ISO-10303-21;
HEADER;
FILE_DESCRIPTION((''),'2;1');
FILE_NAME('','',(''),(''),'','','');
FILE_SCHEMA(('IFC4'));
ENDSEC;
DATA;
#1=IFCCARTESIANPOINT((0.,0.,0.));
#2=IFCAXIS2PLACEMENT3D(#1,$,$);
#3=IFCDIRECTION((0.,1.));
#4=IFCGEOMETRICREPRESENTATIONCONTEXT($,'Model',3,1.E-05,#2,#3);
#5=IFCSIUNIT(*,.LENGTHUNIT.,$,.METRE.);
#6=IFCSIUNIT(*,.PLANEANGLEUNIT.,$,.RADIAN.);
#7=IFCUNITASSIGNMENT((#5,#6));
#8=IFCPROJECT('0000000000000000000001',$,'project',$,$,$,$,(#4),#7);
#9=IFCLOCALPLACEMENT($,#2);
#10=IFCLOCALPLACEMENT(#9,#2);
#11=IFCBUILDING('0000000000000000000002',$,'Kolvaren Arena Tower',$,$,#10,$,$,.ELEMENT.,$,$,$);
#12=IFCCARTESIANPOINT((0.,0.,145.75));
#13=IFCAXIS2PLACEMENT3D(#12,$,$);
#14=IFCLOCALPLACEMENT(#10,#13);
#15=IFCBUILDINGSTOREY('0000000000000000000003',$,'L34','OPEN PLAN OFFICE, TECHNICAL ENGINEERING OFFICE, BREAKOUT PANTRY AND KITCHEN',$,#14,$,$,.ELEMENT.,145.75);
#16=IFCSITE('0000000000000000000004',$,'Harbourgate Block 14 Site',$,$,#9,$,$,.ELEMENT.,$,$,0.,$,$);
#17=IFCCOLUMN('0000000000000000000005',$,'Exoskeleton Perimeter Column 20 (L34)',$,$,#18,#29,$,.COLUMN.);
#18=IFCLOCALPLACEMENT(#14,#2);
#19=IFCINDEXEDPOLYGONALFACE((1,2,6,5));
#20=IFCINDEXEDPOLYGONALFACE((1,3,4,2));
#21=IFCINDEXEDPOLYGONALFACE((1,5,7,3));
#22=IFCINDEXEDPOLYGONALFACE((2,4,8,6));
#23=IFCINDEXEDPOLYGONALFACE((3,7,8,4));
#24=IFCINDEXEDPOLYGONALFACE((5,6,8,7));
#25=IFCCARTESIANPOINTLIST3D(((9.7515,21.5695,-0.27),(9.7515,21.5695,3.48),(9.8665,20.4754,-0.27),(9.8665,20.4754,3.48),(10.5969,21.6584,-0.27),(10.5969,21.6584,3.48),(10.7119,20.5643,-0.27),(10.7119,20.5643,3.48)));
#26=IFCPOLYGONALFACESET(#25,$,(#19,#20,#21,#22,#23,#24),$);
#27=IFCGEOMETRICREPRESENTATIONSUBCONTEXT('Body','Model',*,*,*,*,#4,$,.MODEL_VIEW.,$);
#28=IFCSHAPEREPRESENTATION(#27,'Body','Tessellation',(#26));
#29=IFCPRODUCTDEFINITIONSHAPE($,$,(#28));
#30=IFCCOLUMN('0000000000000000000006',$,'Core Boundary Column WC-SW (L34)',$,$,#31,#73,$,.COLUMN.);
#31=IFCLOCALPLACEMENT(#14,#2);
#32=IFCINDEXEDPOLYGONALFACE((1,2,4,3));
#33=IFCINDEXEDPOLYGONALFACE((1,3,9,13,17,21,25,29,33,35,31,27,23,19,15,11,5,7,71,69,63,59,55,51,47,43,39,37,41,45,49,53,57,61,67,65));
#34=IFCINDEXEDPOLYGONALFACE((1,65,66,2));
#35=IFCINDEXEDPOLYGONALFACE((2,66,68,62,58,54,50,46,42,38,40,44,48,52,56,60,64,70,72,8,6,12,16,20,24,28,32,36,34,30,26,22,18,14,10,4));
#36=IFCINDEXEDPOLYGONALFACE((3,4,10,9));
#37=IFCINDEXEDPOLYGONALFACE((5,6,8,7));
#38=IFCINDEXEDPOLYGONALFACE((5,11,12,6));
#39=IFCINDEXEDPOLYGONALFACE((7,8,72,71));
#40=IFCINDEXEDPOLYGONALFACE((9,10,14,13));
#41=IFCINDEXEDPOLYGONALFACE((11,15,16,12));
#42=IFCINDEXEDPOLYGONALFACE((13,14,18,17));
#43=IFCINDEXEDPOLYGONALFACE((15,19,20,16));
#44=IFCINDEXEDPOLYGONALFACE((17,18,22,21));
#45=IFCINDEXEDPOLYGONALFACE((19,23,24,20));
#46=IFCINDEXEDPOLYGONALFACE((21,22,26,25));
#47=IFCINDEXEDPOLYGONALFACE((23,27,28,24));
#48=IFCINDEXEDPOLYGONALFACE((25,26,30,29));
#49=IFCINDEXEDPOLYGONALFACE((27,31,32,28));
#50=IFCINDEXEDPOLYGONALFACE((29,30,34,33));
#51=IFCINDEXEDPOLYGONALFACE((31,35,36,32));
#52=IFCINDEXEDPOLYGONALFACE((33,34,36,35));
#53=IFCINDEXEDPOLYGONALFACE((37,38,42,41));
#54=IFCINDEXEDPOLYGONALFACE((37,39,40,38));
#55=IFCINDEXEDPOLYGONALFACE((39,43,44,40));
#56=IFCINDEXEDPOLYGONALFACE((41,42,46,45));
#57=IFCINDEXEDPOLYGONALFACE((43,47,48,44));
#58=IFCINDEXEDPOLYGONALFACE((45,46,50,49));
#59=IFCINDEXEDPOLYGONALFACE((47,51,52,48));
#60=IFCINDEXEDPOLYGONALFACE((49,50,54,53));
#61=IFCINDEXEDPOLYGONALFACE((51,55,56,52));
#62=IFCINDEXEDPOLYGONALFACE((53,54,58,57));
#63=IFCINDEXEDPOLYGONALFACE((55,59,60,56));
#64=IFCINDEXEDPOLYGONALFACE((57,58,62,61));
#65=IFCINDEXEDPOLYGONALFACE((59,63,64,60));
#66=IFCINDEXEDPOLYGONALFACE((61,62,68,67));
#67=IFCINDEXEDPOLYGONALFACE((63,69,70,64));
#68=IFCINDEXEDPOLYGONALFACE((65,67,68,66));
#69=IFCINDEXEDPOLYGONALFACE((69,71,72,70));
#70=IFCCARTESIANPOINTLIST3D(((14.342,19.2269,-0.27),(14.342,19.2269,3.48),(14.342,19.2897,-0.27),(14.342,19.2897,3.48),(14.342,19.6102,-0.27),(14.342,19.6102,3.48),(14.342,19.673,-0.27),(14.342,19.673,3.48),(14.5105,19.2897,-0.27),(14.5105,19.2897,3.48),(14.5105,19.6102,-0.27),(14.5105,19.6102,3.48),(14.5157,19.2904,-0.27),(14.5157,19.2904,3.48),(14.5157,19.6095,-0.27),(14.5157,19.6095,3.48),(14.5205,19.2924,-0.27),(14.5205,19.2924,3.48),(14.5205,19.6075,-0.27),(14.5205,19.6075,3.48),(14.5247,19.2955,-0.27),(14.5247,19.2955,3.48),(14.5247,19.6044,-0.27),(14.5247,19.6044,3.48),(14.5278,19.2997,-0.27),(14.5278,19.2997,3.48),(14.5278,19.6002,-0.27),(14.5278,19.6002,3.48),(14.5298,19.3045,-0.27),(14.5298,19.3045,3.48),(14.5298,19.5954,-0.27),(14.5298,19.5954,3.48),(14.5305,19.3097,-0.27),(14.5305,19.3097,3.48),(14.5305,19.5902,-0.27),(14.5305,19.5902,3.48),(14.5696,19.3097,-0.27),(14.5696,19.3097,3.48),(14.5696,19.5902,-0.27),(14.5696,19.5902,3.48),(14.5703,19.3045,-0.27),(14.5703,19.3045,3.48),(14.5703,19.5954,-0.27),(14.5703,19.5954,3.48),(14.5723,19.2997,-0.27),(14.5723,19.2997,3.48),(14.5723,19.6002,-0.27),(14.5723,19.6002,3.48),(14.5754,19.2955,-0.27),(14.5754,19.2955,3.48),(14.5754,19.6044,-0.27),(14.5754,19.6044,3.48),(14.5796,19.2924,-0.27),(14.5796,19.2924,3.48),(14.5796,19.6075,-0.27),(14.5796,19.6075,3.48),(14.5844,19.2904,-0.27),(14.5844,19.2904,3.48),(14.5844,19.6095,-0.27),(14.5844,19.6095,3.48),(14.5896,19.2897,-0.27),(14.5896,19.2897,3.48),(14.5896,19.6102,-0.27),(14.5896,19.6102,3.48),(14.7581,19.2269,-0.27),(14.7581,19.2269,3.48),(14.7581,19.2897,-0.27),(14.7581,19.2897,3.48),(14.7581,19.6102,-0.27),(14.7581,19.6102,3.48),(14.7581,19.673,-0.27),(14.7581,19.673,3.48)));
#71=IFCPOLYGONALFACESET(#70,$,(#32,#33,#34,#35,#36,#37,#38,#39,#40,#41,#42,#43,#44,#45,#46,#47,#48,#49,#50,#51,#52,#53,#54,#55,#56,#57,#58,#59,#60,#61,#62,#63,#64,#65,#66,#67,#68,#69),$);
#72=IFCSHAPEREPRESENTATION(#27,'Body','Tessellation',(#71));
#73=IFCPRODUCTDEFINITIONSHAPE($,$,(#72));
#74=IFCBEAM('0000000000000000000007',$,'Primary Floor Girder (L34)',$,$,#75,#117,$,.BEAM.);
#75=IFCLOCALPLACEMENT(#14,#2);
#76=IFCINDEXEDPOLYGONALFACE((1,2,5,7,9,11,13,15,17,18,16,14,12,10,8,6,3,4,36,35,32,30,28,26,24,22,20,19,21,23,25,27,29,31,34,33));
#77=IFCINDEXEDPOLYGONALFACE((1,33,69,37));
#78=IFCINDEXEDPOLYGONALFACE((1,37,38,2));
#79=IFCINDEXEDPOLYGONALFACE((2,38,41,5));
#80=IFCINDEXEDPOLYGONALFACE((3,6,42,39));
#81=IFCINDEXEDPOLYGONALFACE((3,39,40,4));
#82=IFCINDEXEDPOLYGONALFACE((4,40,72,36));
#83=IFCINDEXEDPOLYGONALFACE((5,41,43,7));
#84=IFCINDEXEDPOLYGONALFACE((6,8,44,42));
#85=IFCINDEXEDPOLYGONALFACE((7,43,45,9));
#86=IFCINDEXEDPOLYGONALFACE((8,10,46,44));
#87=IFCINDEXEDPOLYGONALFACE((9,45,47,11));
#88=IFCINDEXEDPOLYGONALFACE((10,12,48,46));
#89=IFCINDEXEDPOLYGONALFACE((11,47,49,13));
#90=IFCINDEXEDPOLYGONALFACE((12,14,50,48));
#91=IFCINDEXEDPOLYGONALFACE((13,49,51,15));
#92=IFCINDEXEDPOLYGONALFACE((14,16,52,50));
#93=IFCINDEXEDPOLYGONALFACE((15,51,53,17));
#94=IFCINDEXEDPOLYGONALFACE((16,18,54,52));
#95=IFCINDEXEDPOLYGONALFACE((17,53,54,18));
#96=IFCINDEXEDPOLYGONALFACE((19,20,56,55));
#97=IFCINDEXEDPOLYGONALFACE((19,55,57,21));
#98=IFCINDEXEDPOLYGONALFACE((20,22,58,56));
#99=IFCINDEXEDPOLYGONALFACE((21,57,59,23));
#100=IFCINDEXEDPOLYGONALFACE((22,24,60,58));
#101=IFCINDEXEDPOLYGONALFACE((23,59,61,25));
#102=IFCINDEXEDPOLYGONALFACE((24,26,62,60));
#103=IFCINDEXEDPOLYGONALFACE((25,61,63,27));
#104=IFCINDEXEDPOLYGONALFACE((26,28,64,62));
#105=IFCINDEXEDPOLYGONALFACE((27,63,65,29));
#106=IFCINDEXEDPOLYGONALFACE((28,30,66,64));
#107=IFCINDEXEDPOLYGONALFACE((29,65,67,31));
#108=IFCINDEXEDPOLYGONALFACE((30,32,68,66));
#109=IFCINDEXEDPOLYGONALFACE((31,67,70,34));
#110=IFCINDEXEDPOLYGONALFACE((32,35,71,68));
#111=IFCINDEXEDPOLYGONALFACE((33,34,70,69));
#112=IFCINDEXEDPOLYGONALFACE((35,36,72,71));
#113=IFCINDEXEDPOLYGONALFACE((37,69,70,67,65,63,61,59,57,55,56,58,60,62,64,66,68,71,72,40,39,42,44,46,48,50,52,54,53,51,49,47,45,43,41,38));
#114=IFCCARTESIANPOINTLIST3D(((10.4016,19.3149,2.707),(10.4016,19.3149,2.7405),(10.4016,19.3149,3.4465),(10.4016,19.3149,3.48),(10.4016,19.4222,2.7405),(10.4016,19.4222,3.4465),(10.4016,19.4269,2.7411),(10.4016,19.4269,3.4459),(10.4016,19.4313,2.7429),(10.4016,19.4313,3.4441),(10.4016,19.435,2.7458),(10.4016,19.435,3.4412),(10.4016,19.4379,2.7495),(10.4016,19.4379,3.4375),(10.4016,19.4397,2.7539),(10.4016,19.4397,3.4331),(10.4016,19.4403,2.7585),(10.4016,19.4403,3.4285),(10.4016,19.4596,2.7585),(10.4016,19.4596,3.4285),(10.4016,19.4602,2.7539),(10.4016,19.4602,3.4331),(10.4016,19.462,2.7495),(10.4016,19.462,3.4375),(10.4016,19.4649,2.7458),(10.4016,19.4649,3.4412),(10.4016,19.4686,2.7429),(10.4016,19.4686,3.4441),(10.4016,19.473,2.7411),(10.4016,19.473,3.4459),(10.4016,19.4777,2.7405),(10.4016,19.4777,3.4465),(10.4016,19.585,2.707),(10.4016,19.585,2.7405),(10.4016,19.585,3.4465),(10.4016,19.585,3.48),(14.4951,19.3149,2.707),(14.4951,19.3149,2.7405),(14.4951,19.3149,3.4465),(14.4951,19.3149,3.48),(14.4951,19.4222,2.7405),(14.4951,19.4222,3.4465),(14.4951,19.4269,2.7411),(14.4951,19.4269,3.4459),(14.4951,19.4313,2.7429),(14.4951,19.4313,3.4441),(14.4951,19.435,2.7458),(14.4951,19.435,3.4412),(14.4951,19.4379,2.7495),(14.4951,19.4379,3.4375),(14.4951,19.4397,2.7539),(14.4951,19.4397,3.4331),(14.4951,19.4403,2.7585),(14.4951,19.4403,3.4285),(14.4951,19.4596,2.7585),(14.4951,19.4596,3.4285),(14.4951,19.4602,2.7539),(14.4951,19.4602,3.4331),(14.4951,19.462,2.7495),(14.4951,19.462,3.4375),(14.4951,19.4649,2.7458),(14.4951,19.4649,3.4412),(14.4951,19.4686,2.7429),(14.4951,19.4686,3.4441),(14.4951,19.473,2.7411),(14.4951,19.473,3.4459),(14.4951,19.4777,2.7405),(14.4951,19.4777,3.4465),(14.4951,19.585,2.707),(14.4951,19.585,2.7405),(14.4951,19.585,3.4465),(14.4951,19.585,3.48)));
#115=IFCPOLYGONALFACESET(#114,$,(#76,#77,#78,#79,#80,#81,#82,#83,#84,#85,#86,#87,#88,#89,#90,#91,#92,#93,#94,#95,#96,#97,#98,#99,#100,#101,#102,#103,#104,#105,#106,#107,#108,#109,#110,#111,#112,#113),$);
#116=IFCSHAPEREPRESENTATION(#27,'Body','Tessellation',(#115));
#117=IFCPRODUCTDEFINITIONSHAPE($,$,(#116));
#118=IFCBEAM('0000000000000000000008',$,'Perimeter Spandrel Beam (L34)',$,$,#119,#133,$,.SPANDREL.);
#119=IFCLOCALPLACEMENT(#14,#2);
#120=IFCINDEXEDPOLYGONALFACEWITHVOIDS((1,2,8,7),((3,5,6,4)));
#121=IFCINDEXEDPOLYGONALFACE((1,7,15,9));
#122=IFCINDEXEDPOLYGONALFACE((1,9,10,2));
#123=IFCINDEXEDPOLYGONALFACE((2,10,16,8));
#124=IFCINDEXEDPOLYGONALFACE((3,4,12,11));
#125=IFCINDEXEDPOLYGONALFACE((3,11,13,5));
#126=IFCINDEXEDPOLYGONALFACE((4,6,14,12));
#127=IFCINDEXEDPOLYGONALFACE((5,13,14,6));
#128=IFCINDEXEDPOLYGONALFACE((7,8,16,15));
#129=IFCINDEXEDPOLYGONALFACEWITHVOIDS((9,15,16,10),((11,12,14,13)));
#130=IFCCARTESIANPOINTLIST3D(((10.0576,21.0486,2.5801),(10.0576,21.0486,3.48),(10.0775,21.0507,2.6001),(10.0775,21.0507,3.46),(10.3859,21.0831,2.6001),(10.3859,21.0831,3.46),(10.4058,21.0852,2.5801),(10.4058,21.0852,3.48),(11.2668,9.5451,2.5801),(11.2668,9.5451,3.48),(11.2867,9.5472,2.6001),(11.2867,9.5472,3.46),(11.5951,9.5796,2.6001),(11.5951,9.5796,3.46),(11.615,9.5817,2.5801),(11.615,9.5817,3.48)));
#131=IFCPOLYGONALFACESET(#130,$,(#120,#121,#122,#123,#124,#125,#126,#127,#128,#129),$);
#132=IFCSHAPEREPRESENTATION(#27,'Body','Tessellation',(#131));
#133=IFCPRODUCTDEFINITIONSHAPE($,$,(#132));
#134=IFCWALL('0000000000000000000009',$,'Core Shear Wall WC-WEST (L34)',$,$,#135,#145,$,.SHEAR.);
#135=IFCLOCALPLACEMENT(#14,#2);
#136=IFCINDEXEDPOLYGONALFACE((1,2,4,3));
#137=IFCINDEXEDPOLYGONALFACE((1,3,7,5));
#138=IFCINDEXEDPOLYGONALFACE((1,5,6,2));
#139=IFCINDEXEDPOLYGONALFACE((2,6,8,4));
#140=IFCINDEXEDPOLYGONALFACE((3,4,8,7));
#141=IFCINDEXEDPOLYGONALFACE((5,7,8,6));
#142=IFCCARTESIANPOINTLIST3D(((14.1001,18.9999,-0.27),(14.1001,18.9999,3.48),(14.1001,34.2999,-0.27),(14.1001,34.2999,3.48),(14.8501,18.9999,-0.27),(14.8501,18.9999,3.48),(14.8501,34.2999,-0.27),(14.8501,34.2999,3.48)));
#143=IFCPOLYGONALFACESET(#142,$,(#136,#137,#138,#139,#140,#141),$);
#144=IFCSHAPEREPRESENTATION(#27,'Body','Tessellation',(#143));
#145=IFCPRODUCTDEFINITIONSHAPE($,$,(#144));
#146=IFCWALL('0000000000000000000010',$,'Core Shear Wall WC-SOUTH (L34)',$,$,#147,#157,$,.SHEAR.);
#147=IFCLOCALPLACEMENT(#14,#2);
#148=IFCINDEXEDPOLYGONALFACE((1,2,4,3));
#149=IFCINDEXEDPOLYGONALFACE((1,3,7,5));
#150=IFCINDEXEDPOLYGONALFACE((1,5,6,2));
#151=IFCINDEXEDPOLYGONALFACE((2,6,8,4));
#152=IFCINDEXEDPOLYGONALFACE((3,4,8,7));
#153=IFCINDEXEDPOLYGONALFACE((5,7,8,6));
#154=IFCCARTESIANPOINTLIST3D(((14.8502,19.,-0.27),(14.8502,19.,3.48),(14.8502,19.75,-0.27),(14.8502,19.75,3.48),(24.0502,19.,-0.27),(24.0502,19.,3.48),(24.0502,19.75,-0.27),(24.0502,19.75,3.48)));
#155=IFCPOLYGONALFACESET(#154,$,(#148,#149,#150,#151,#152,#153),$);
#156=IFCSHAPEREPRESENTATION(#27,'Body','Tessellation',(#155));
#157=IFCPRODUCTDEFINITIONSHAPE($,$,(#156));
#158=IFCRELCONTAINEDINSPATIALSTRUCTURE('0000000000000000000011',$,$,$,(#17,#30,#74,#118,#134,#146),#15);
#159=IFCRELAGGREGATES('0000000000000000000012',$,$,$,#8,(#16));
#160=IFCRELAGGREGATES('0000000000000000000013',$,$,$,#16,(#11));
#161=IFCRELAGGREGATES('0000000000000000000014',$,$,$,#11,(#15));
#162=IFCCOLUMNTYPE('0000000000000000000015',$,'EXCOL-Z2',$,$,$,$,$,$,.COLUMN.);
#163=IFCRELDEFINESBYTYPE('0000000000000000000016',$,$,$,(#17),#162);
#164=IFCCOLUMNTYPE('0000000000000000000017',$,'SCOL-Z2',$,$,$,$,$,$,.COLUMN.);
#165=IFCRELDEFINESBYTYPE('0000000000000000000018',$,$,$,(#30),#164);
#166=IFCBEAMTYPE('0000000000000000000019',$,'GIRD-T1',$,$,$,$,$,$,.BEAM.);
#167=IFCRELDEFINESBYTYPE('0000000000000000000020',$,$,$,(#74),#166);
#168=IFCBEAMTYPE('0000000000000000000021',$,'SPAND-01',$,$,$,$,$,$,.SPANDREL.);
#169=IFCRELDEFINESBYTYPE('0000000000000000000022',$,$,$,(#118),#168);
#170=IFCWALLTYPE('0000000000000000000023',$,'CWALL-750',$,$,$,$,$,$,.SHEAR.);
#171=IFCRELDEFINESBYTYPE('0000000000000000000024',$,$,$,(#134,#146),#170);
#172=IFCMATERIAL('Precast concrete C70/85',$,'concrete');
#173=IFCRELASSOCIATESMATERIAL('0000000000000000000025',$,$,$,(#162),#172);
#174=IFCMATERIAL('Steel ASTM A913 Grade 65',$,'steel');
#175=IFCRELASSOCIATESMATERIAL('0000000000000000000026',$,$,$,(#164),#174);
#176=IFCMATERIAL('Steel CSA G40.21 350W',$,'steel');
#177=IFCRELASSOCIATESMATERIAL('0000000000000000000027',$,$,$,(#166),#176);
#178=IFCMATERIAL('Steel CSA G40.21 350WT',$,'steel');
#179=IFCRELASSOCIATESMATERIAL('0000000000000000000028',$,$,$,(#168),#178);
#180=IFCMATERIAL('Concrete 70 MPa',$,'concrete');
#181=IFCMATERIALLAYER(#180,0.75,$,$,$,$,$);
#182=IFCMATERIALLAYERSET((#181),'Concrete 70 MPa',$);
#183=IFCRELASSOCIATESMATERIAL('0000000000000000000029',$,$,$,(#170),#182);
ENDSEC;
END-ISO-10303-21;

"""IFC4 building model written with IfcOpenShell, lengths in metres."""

from ifc_helpers import new_model, si_unit, direction, frame, frame_2d, origin, origin_2d, place, context, subcontext, project, spatial, rectangle, hollow_rectangle, i_section, extrude, material, layer, layer_set, material_profile, profile_set, type_object, element, save


model = new_model("IFC4")

# Units and contexts
model_context = context("Model", 3, precision=1e-05, world=origin(), true_north=direction((0.0, 1.0)))
body_context = subcontext(model_context, "Body", "Model", "MODEL_VIEW")
ifc_project = project(units=[si_unit("LENGTHUNIT", "METRE"), si_unit("PLANEANGLEUNIT", "RADIAN")], contexts=[model_context])

# Site, building, storey
site_placement = place(None, origin())
site = spatial("IfcSite", under=ifc_project, at=site_placement, Name="Harbourgate Block 14 Site", CompositionType="ELEMENT", RefElevation=0.0)
building_placement = place(site_placement, origin())
building = spatial("IfcBuilding", under=site, at=building_placement, Name="Kolvaren Arena Tower", CompositionType="ELEMENT")
storey_placement = place(building_placement, frame((0.0, 0.0, 145.75)))
storey = spatial("IfcBuildingStorey", under=building, at=storey_placement, Name="L34", Description="OPEN PLAN OFFICE, TECHNICAL ENGINEERING OFFICE, BREAKOUT PANTRY AND KITCHEN", CompositionType="ELEMENT", Elevation=145.75)

# Columns
ifc_material_1 = material(Name="Precast concrete C70/85", Category="concrete")
ifc_material_profile_1 = material_profile(ifc_material_1, rectangle(XDim=1.1001, YDim=0.8501, at=origin_2d()), Name="RC-1100x850")
ifc_profile_set_1 = profile_set([ifc_material_profile_1], Name="Precast concrete C70/85")
column_type_1 = type_object("IfcColumnType", Name="EXCOL-Z2", PredefinedType="COLUMN", material=ifc_profile_set_1)
column_1_placement = place(storey_placement, frame((10.2317, 21.0669, -0.27), z_axis=(0.0, 0.0, 1.0), x_axis=(-0.104528, 0.994522, 0.0)))
element("IfcColumn", 1, at=column_1_placement, inside=storey, type_object=column_type_1, Name="Exoskeleton Perimeter Column 20 (L34)", PredefinedType="COLUMN", context=body_context, shape_type="SweptSolid", body=[
    extrude(rectangle(XDim=1.1001, YDim=0.8501, at=origin_2d()), origin(), (0.0, 0.0, 1.0), 3.75),
])
ifc_material_2 = material(Name="Steel ASTM A913 Grade 65", Category="steel")
ifc_material_profile_2 = material_profile(ifc_material_2, i_section(OverallWidth=0.416, OverallDepth=0.446, WebThickness=0.0391, FlangeThickness=0.0627, FilletRadius=0.02, at=origin_2d()), Name="W360x509")
ifc_profile_set_2 = profile_set([ifc_material_profile_2], Name="Steel ASTM A913 Grade 65")
column_type_2 = type_object("IfcColumnType", Name="SCOL-Z2", PredefinedType="COLUMN", material=ifc_profile_set_2)
column_2_placement = place(storey_placement, frame((14.55, 19.45, -0.27), z_axis=(0.0, 0.0, 1.0), x_axis=(1.0, 0.0, 0.0)))
element("IfcColumn", 2, at=column_2_placement, inside=storey, type_object=column_type_2, Name="Core Boundary Column WC-SW (L34)", PredefinedType="COLUMN", context=body_context, shape_type="SweptSolid", body=[
    extrude(i_section(OverallWidth=0.416, OverallDepth=0.446, WebThickness=0.0391, FlangeThickness=0.0627, FilletRadius=0.02, at=origin_2d()), origin(), (0.0, 0.0, 1.0), 3.75),
])

# Beams
ifc_material_3 = material(Name="Steel CSA G40.21 350W", Category="steel")
ifc_material_profile_3 = material_profile(ifc_material_3, i_section(OverallWidth=0.27, OverallDepth=0.7729, WebThickness=0.0193, FlangeThickness=0.0334, FilletRadius=0.0181, at=origin_2d()), Name="W760x257")
ifc_profile_set_3 = profile_set([ifc_material_profile_3], Name="Steel CSA G40.21 350W")
beam_type_1 = type_object("IfcBeamType", Name="GIRD-T1", PredefinedType="BEAM", material=ifc_profile_set_3)
beam_1_placement = place(storey_placement, frame((10.4016, 19.45, 3.0935), z_axis=(1.0, 0.0, 0.0), x_axis=(0.0, 1.0, 0.0)))
element("IfcBeam", 3, at=beam_1_placement, inside=storey, type_object=beam_type_1, Name="Primary Floor Girder (L34)", PredefinedType="BEAM", context=body_context, shape_type="SweptSolid", body=[
    extrude(i_section(OverallWidth=0.27, OverallDepth=0.7729, WebThickness=0.0193, FlangeThickness=0.0334, FilletRadius=0.0181, at=origin_2d()), origin(), (0.0, 0.0, 1.0), 4.0935),
])
ifc_material_4 = material(Name="Steel CSA G40.21 350WT", Category="steel")
ifc_material_profile_4 = material_profile(ifc_material_4, hollow_rectangle(XDim=0.3501, YDim=0.8999, WallThickness=0.02, at=origin_2d()), Name="HSS 900x350x20")
ifc_profile_set_4 = profile_set([ifc_material_profile_4], Name="Steel CSA G40.21 350WT")
beam_type_2 = type_object("IfcBeamType", Name="SPAND-01", PredefinedType="SPANDREL", material=ifc_profile_set_4)
beam_2_placement = place(storey_placement, frame((10.2317, 21.0669, 3.03), z_axis=(0.104543, -0.99452, 0.0), x_axis=(0.99452, 0.104543, 0.0)))
element("IfcBeam", 4, at=beam_2_placement, inside=storey, type_object=beam_type_2, Name="Perimeter Spandrel Beam (L34)", PredefinedType="SPANDREL", context=body_context, shape_type="SweptSolid", body=[
    extrude(hollow_rectangle(XDim=0.3501, YDim=0.8999, WallThickness=0.02, at=origin_2d()), origin(), (0.0, 0.0, 1.0), 11.5669),
])

# Walls
ifc_material_5 = material(Name="Concrete 70 MPa", Category="concrete")
ifc_layer_1 = layer(ifc_material_5, 0.75)
ifc_layer_set_1 = layer_set([ifc_layer_1], Name="Concrete 70 MPa")
wall_type_1 = type_object("IfcWallType", Name="CWALL-750", PredefinedType="SHEAR", material=ifc_layer_set_1)
wall_1_placement = place(storey_placement, frame((14.4751, 19.0, -0.27), z_axis=(0.0, 0.0, 1.0), x_axis=(0.0, 1.0, 0.0)))
element("IfcWall", 5, at=wall_1_placement, inside=storey, type_object=wall_type_1, Name="Core Shear Wall WC-WEST (L34)", PredefinedType="SHEAR", context=body_context, shape_type="SweptSolid", body=[
    extrude(rectangle(XDim=15.3, YDim=0.75, at=frame_2d((7.6499, 0.0))), origin(), (0.0, 0.0, 1.0), 3.75),
])
wall_2_placement = place(storey_placement, frame((14.8501, 19.375, -0.27), z_axis=(0.0, 0.0, 1.0), x_axis=(1.0, 0.0, 0.0)))
element("IfcWall", 6, at=wall_2_placement, inside=storey, type_object=wall_type_1, Name="Core Shear Wall WC-SOUTH (L34)", PredefinedType="SHEAR", context=body_context, shape_type="SweptSolid", body=[
    extrude(rectangle(XDim=9.2, YDim=0.75, at=frame_2d((4.6001, 0.0))), origin(), (0.0, 0.0, 1.0), 3.75),
])

save(model, "model.ifc")
